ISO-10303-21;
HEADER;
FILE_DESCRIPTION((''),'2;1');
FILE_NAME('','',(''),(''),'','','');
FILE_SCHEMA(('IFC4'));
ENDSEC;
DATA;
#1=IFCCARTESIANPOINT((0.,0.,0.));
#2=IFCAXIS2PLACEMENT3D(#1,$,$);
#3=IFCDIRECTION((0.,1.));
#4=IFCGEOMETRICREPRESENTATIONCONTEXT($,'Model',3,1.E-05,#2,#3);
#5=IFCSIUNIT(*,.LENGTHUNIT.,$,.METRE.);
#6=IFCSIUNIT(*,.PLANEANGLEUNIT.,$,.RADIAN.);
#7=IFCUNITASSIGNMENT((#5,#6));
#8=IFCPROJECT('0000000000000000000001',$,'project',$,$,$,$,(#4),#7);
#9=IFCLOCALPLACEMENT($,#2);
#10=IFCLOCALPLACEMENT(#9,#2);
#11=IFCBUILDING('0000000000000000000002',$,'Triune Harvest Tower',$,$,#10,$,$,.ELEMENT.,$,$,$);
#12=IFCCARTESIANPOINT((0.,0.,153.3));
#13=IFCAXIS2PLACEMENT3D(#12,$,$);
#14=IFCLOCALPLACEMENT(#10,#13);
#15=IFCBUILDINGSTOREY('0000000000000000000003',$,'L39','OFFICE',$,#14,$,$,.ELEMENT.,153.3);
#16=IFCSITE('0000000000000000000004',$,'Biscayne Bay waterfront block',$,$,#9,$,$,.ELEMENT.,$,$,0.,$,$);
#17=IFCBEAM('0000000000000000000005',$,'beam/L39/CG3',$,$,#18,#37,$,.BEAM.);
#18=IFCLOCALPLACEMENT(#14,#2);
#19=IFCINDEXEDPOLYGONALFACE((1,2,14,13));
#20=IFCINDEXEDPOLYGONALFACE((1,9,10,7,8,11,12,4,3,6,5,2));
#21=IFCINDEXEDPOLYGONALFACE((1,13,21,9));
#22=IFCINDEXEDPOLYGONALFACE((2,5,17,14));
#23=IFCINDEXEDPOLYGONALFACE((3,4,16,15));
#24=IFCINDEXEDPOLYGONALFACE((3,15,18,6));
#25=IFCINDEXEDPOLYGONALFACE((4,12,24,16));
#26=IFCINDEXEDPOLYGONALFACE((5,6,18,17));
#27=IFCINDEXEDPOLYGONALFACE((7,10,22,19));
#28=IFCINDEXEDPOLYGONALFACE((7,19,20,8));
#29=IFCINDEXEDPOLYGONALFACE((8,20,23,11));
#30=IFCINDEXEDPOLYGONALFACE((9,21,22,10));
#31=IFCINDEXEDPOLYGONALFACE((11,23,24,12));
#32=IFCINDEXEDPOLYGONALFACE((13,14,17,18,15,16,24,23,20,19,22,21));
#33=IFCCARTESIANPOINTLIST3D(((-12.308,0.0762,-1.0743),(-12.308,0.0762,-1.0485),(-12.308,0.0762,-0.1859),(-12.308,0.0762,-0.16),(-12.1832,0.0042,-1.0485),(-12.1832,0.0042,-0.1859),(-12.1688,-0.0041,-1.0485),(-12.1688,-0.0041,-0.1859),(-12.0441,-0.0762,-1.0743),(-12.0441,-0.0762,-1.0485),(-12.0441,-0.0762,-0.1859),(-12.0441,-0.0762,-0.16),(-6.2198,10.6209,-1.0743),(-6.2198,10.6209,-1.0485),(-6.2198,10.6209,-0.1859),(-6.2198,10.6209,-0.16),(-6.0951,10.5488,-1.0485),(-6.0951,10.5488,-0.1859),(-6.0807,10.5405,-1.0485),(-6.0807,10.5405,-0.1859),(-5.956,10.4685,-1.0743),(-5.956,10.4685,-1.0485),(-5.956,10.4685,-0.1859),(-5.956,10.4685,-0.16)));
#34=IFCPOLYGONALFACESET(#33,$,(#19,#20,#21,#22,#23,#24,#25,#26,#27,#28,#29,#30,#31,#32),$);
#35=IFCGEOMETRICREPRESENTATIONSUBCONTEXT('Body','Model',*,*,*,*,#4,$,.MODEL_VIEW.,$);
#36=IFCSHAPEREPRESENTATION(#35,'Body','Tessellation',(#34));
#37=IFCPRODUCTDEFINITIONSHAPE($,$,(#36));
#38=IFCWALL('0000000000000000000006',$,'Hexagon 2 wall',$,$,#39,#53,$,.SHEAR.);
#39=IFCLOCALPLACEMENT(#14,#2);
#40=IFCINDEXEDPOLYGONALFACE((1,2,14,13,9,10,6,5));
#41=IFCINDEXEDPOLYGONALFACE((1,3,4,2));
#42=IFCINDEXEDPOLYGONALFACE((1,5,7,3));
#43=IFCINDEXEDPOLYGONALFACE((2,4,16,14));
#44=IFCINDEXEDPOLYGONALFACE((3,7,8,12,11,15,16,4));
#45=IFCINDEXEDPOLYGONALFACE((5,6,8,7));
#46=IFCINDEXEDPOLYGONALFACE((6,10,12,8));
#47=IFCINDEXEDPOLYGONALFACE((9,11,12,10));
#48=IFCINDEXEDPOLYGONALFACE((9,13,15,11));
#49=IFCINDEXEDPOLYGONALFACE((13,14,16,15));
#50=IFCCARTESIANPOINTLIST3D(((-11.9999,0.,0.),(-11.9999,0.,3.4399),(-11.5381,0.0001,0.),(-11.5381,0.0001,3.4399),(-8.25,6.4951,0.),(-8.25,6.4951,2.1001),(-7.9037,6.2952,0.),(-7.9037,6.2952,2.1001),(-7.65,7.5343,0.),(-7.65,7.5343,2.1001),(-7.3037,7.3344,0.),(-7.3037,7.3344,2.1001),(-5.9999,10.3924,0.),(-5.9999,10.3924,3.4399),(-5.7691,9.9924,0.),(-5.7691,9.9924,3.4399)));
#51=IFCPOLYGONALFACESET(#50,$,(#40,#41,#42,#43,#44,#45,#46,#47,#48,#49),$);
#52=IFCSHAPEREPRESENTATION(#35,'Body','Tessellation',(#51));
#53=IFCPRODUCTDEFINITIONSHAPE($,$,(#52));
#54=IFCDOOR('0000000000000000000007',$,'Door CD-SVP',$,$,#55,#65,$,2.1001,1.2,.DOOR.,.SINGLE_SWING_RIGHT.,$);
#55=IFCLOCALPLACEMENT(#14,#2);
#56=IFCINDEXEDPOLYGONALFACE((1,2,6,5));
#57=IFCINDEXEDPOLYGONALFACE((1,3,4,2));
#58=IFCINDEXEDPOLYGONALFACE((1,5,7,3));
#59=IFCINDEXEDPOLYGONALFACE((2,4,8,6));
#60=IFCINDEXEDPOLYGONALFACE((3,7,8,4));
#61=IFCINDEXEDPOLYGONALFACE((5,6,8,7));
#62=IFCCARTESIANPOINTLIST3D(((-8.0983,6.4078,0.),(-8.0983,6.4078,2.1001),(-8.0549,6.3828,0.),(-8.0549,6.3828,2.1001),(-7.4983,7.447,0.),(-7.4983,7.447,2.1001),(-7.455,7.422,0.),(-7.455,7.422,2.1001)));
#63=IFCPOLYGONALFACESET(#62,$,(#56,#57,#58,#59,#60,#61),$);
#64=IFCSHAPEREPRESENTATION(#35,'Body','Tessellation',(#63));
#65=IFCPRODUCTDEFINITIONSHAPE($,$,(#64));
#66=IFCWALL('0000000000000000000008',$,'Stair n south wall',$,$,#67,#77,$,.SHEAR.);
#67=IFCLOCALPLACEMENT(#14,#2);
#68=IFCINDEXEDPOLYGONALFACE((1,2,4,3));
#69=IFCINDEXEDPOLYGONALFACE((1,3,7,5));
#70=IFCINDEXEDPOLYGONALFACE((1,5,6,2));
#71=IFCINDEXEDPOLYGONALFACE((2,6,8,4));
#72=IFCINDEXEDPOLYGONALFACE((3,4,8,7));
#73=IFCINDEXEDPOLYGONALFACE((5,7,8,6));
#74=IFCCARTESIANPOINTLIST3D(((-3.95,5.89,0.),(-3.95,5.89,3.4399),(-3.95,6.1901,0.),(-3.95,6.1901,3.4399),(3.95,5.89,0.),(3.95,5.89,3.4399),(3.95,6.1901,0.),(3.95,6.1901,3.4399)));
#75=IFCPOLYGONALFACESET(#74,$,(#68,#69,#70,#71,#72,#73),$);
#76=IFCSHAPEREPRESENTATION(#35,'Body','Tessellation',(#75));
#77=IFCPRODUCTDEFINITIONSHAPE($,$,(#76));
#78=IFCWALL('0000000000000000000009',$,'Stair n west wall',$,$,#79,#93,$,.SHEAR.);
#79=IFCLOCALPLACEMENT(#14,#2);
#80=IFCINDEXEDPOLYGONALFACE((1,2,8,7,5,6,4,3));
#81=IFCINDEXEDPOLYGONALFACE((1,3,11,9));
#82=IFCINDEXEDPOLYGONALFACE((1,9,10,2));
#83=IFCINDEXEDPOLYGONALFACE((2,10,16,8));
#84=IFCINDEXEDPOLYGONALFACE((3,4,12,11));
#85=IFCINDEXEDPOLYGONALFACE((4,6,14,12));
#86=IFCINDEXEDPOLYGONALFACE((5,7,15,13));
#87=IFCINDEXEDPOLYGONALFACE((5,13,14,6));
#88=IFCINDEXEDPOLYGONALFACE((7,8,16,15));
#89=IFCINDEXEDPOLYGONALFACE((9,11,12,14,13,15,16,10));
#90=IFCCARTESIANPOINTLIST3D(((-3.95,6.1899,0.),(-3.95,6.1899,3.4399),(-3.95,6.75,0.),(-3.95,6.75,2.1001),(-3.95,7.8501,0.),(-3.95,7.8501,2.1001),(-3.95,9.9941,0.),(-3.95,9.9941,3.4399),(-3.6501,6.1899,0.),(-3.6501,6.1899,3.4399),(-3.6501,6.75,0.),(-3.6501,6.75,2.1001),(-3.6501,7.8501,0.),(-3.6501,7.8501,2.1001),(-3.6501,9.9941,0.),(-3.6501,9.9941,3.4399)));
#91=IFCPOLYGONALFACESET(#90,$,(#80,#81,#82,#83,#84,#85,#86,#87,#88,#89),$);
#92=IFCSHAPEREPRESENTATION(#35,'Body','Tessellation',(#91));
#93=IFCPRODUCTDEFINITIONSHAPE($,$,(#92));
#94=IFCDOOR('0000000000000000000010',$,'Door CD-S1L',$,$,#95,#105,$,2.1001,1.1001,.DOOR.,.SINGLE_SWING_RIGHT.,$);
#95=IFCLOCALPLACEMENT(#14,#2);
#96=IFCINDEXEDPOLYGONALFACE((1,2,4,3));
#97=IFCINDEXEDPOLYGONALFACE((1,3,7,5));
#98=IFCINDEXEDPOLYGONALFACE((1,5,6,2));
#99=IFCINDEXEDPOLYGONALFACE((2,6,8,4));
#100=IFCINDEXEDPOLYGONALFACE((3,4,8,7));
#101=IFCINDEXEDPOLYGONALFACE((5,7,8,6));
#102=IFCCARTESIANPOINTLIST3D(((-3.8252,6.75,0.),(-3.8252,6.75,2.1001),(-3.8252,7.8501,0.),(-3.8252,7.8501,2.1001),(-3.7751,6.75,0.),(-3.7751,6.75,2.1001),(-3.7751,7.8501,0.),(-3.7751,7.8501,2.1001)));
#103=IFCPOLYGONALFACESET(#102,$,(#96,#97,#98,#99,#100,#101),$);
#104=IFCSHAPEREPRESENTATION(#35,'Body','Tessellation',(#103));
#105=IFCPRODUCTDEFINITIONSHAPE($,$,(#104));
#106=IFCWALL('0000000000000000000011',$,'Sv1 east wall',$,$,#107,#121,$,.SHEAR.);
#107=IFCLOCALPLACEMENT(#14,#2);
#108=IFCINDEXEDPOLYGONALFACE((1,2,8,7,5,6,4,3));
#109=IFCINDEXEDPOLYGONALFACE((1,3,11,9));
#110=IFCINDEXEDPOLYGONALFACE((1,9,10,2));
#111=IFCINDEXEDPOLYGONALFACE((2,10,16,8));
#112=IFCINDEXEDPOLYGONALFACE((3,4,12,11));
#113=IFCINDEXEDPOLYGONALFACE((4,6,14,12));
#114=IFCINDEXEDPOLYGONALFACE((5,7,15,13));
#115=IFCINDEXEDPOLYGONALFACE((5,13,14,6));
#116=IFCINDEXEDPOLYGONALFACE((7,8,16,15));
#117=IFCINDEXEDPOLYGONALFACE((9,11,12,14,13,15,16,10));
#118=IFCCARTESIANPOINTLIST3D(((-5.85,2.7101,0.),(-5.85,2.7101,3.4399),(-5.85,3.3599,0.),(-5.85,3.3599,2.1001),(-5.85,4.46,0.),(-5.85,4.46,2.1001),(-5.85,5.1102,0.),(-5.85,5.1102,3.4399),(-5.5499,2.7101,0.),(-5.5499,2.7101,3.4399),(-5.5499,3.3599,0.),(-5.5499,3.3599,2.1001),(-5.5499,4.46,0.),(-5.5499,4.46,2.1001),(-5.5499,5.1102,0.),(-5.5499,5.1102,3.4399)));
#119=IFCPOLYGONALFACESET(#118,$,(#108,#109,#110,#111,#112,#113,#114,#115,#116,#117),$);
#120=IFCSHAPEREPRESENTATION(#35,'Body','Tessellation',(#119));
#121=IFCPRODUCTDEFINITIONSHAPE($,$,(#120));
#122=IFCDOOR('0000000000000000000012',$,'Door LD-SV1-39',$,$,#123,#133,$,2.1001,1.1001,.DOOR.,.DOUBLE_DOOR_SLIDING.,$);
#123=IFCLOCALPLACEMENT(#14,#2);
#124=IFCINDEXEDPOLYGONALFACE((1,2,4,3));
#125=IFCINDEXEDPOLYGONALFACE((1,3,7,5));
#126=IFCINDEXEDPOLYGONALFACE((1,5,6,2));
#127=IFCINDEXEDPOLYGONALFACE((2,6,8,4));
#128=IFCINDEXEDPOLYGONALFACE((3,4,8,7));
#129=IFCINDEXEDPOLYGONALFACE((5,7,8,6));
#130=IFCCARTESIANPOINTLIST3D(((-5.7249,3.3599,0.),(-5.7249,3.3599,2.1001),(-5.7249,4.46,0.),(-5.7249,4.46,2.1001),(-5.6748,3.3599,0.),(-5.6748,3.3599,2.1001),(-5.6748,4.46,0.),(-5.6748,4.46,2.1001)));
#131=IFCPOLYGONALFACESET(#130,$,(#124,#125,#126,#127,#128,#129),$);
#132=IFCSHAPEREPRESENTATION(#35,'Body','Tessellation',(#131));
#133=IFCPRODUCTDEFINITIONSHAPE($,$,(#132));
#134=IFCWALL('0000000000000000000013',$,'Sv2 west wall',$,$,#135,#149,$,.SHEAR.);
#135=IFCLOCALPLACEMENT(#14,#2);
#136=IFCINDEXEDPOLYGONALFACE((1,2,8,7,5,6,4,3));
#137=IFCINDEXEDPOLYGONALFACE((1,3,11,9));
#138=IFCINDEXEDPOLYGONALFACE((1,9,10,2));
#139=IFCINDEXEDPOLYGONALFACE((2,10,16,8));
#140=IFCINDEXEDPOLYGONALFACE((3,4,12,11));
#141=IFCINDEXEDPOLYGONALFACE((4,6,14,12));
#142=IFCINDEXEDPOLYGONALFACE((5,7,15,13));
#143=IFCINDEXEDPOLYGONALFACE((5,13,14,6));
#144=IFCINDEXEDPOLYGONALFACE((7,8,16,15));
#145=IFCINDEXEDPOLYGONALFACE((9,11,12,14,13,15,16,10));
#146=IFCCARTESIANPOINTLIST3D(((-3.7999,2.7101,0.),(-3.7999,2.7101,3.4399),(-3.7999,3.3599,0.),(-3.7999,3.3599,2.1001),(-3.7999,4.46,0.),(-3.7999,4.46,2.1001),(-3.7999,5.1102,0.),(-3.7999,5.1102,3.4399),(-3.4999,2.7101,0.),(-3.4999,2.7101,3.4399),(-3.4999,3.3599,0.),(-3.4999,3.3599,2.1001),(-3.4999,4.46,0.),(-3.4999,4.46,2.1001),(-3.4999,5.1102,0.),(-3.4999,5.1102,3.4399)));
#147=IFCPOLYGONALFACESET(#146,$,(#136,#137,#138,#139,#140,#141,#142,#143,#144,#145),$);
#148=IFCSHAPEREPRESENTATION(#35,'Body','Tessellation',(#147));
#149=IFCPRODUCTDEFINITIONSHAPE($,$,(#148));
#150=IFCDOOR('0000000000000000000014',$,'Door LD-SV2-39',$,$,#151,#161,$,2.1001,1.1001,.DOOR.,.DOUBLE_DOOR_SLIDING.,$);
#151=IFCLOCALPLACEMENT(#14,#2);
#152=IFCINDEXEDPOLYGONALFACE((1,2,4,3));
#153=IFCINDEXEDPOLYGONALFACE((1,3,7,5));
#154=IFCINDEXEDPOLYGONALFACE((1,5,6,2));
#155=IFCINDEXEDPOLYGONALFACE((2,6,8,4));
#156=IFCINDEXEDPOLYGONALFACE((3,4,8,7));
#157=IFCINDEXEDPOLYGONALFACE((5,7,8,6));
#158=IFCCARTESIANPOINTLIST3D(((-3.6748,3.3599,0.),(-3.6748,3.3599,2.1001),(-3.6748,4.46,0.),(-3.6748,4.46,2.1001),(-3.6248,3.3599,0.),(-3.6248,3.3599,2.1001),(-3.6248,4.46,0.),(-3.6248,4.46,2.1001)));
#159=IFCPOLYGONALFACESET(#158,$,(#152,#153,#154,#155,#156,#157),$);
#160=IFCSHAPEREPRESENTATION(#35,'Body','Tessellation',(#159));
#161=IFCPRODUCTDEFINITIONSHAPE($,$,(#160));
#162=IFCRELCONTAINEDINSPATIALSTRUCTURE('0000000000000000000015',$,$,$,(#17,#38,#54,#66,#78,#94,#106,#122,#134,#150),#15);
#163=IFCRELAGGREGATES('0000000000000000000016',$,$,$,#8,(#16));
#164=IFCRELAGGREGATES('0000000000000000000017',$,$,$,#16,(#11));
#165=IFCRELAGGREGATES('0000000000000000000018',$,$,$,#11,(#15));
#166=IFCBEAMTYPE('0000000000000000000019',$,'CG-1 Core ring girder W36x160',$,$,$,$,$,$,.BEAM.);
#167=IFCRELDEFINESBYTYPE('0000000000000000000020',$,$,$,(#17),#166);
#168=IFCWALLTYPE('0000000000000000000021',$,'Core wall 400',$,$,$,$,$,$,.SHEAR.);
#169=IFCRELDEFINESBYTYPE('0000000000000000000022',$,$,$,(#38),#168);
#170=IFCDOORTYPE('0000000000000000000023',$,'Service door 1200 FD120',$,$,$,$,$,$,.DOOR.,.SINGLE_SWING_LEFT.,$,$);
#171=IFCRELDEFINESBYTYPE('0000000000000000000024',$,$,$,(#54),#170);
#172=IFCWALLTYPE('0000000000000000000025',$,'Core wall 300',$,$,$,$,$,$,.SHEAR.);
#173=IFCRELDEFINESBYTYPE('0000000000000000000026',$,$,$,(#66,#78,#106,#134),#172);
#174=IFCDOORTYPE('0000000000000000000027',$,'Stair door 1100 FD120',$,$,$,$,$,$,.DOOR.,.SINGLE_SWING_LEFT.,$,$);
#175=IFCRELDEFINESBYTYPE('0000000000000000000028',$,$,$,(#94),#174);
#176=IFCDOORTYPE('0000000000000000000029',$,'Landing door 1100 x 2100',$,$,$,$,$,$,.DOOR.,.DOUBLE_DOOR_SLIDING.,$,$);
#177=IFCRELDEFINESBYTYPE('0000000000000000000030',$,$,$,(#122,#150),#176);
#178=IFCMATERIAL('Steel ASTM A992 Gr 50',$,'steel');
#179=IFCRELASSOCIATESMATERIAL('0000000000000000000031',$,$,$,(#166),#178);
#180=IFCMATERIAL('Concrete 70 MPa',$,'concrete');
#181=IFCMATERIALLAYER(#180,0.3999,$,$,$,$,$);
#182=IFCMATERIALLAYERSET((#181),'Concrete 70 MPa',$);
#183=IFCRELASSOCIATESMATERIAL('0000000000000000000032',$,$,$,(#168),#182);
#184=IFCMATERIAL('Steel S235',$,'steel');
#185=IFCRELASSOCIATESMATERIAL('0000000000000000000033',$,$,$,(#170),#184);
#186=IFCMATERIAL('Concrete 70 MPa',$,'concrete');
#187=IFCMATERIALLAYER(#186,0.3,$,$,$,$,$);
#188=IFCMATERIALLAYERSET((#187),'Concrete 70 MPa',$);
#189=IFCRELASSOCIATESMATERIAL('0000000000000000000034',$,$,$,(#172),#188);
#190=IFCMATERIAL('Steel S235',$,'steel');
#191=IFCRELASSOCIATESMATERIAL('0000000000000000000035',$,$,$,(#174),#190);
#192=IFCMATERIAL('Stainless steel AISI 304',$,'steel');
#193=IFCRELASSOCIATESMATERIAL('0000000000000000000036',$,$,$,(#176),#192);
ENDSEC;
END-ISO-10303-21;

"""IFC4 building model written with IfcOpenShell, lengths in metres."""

from ifc_helpers import new_model, si_unit, direction, frame, frame_2d, origin, origin_2d, place, context, subcontext, project, spatial, polyline, rectangle, i_section, outline, extrude, source, transform, mapped, material, layer, layer_set, material_profile, profile_set, type_object, element, fill, save


model = new_model("IFC4")

# Units and contexts
model_context = context("Model", 3, precision=1e-05, world=origin(), true_north=direction((0.0, 1.0)))
body_context = subcontext(model_context, "Body", "Model", "MODEL_VIEW")
ifc_project = project(units=[si_unit("LENGTHUNIT", "METRE"), si_unit("PLANEANGLEUNIT", "RADIAN")], contexts=[model_context])

# Site, building, storey
site_placement = place(None, origin())
site = spatial("IfcSite", under=ifc_project, at=site_placement, Name="Biscayne Bay waterfront block", CompositionType="ELEMENT", RefElevation=0.0)
building_placement = place(site_placement, origin())
building = spatial("IfcBuilding", under=site, at=building_placement, Name="Triune Harvest Tower", CompositionType="ELEMENT")
storey_placement = place(building_placement, frame((0.0, 0.0, 153.3)))
storey = spatial("IfcBuildingStorey", under=building, at=storey_placement, Name="L39", Description="OFFICE", CompositionType="ELEMENT", Elevation=153.3)

# Beam
ifc_material_1 = material(Name="Steel ASTM A992 Gr 50", Category="steel")
ifc_material_profile = material_profile(ifc_material_1, i_section(OverallWidth=0.3047, OverallDepth=0.9143, WebThickness=0.0166, FlangeThickness=0.0259, at=origin_2d()), Name="W36x160")
ifc_profile_set = profile_set([ifc_material_profile], Name="Steel ASTM A992 Gr 50")
beam_type = type_object("IfcBeamType", Name="CG-1 Core ring girder W36x160", PredefinedType="BEAM", material=ifc_profile_set)
shared_shape_1 = source(origin(), body_context, "Body", "SweptSolid", [
    extrude(i_section(OverallWidth=0.3047, OverallDepth=0.9143, WebThickness=0.0166, FlangeThickness=0.0259, at=origin_2d()), origin(), (0.0, 0.0, 1.0), 12.176),
])
beam_placement = place(storey_placement, frame((-6.0879, 10.5447, -0.6172), z_axis=(-0.50001, -0.86602, 0.0), x_axis=(0.86602, -0.50001, 0.0)))
element("IfcBeam", 1, at=beam_placement, inside=storey, type_object=beam_type, Name="beam/L39/CG3", PredefinedType="BEAM", context=body_context, shape_type="MappedRepresentation", body=[
    mapped(shared_shape_1, transform((0.0, 0.0, 0.0), scale=1.0)),
])

# Wall, opening, door
ifc_material_2 = material(Name="Concrete 70 MPa", Category="concrete")
ifc_layer_1 = layer(ifc_material_2, 0.3999)
ifc_layer_set_1 = layer_set([ifc_layer_1], Name="Concrete 70 MPa")
wall_type_1 = type_object("IfcWallType", Name="Core wall 400", PredefinedType="SHEAR", material=ifc_layer_set_1)
shared_shape_2 = source(origin(), body_context, "Body", "SweptSolid", [
    extrude(outline(polyline([(-0.1155, -0.2), (11.8845, -0.2), (11.6536, 0.2), (0.1155, 0.2), (-0.1155, -0.2)])), origin(), (0.0, 0.0, 1.0), 3.4399),
])
wall_1_placement = place(storey_placement, frame((-5.8845, 10.1924, 0.0), z_axis=(0.0, 0.0, 1.0), x_axis=(-0.499997, -0.866027, 0.0)))
wall_1 = element("IfcWall", 2, at=wall_1_placement, inside=storey, type_object=wall_type_1, Name="Hexagon 2 wall", PredefinedType="SHEAR", context=body_context, shape_type="MappedRepresentation", body=[
    mapped(shared_shape_2, transform((0.0, 0.0, 0.0), scale=1.0)),
])
opening_1_placement = place(wall_1_placement, frame((3.1846, 0.0, 0.0)))
opening_1 = element("IfcOpeningElement", 3, at=opening_1_placement, cuts=wall_1, PredefinedType="OPENING", context=body_context, shape_type="SweptSolid", body=[
    extrude(rectangle(XDim=1.2, YDim=2.1001, at=frame_2d((0.6001, 1.05))), frame((0.0, 0.21, 0.0), z_axis=(0.0, -1.0, 0.0), x_axis=(1.0, 0.0, 0.0)), (0.0, 0.0, 1.0), 0.4199),
])
ifc_material_3 = material(Name="Steel S235", Category="steel")
door_type_1 = type_object("IfcDoorType", Name="Service door 1200 FD120", OperationType="SINGLE_SWING_LEFT", PredefinedType="DOOR", material=ifc_material_3)
door_1_placement = place(opening_1_placement, frame((1.2, 0.0, 0.0), z_axis=(0.0, 0.0, 1.0), x_axis=(-1.0, 0.0, 0.0)))
door_1 = element("IfcDoor", 4, at=door_1_placement, inside=storey, type_object=door_type_1, Name="Door CD-SVP", OperationType="SINGLE_SWING_RIGHT", OverallHeight=2.1001, OverallWidth=1.2, PredefinedType="DOOR", context=body_context, shape_type="SweptSolid", body=[
    extrude(rectangle(XDim=1.2, YDim=2.1001, at=frame_2d((0.6001, 1.05))), frame((0.0, 0.0249, 0.0), z_axis=(0.0, -1.0, 0.0), x_axis=(1.0, 0.0, 0.0)), (0.0, 0.0, 1.0), 0.05),
])
fill(opening_1, door_1)

# Wall
ifc_material_4 = material(Name="Concrete 70 MPa", Category="concrete")
ifc_layer_2 = layer(ifc_material_4, 0.3)
ifc_layer_set_2 = layer_set([ifc_layer_2], Name="Concrete 70 MPa")
wall_type_2 = type_object("IfcWallType", Name="Core wall 300", PredefinedType="SHEAR", material=ifc_layer_set_2)
shared_shape_3 = source(origin(), body_context, "Body", "SweptSolid", [
    extrude(rectangle(XDim=7.8999, YDim=0.3, at=frame_2d((3.95, 0.0))), origin(), (0.0, 0.0, 1.0), 3.4399),
])
wall_2_placement = place(storey_placement, frame((-3.95, 6.04, 0.0), z_axis=(0.0, 0.0, 1.0), x_axis=(1.0, 0.0, 0.0)))
element("IfcWall", 5, at=wall_2_placement, inside=storey, type_object=wall_type_2, Name="Stair n south wall", PredefinedType="SHEAR", context=body_context, shape_type="MappedRepresentation", body=[
    mapped(shared_shape_3, transform((0.0, 0.0, 0.0), scale=1.0)),
])

# Walls, openings, doors
shared_shape_4 = source(origin(), body_context, "Body", "SweptSolid", [
    extrude(outline(polyline([(0.0, -0.1499), (0.0, 0.1499), (3.8042, 0.1499), (3.8042, -0.1499), (0.0, -0.1499)])), origin(), (0.0, 0.0, 1.0), 3.4399),
])
wall_3_placement = place(storey_placement, frame((-3.8, 6.1899, 0.0), z_axis=(0.0, 0.0, 1.0), x_axis=(0.0, 1.0, 0.0)))
wall_3 = element("IfcWall", 6, at=wall_3_placement, inside=storey, type_object=wall_type_2, Name="Stair n west wall", PredefinedType="SHEAR", context=body_context, shape_type="MappedRepresentation", body=[
    mapped(shared_shape_4, transform((0.0, 0.0, 0.0), scale=1.0)),
])
opening_2_placement = place(wall_3_placement, frame((0.5601, 0.0, 0.0)))
opening_2 = element("IfcOpeningElement", 7, at=opening_2_placement, cuts=wall_3, PredefinedType="OPENING", context=body_context, shape_type="SweptSolid", body=[
    extrude(rectangle(XDim=1.1001, YDim=2.1001, at=frame_2d((0.55, 1.05))), frame((0.0, 0.1602, 0.0), z_axis=(0.0, -1.0, 0.0), x_axis=(1.0, 0.0, 0.0)), (0.0, 0.0, 1.0), 0.3201),
])
ifc_material_5 = material(Name="Steel S235", Category="steel")
door_type_2 = type_object("IfcDoorType", Name="Stair door 1100 FD120", OperationType="SINGLE_SWING_LEFT", PredefinedType="DOOR", material=ifc_material_5)
door_2_placement = place(opening_2_placement, frame((1.1001, 0.0, 0.0), z_axis=(0.0, 0.0, 1.0), x_axis=(-1.0, 0.0, 0.0)))
door_2 = element("IfcDoor", 8, at=door_2_placement, inside=storey, type_object=door_type_2, Name="Door CD-S1L", OperationType="SINGLE_SWING_RIGHT", OverallHeight=2.1001, OverallWidth=1.1001, PredefinedType="DOOR", context=body_context, shape_type="SweptSolid", body=[
    extrude(rectangle(XDim=1.1001, YDim=2.1001, at=frame_2d((0.55, 1.05))), frame((0.0, 0.0249, 0.0), z_axis=(0.0, -1.0, 0.0), x_axis=(1.0, 0.0, 0.0)), (0.0, 0.0, 1.0), 0.05),
])
fill(opening_2, door_2)
shared_shape_5 = source(origin(), body_context, "Body", "SweptSolid", [
    extrude(rectangle(XDim=2.4001, YDim=0.3, at=frame_2d((1.2002, 0.0))), origin(), (0.0, 0.0, 1.0), 3.4399),
])
wall_4_placement = place(storey_placement, frame((-5.7, 2.71, 0.0), z_axis=(0.0, 0.0, 1.0), x_axis=(0.0, 1.0, 0.0)))
wall_4 = element("IfcWall", 9, at=wall_4_placement, inside=storey, type_object=wall_type_2, Name="Sv1 east wall", PredefinedType="SHEAR", context=body_context, shape_type="MappedRepresentation", body=[
    mapped(shared_shape_5, transform((0.0, 0.0, 0.0), scale=1.0)),
])
opening_3_placement = place(wall_4_placement, frame((0.6499, 0.0, 0.0)))
opening_3 = element("IfcOpeningElement", 10, at=opening_3_placement, cuts=wall_4, PredefinedType="OPENING", context=body_context, shape_type="SweptSolid", body=[
    extrude(rectangle(XDim=1.1001, YDim=2.1001, at=frame_2d((0.55, 1.05))), frame((0.0, 0.1602, 0.0), z_axis=(0.0, -1.0, 0.0), x_axis=(1.0, 0.0, 0.0)), (0.0, 0.0, 1.0), 0.3201),
])
ifc_material_6 = material(Name="Stainless steel AISI 304", Category="steel")
door_type_3 = type_object("IfcDoorType", Name="Landing door 1100 x 2100", OperationType="DOUBLE_DOOR_SLIDING", PredefinedType="DOOR", material=ifc_material_6)
door_3_placement = place(opening_3_placement, origin())
door_3 = element("IfcDoor", 11, at=door_3_placement, inside=storey, type_object=door_type_3, Name="Door LD-SV1-39", OperationType="DOUBLE_DOOR_SLIDING", OverallHeight=2.1001, OverallWidth=1.1001, PredefinedType="DOOR", context=body_context, shape_type="SweptSolid", body=[
    extrude(rectangle(XDim=1.1001, YDim=2.1001, at=frame_2d((0.55, 1.05))), frame((0.0, 0.0249, 0.0), z_axis=(0.0, -1.0, 0.0), x_axis=(1.0, 0.0, 0.0)), (0.0, 0.0, 1.0), 0.05),
])
fill(opening_3, door_3)
wall_5_placement = place(storey_placement, frame((-3.6499, 2.71, 0.0), z_axis=(0.0, 0.0, 1.0), x_axis=(0.0, 1.0, 0.0)))
wall_5 = element("IfcWall", 12, at=wall_5_placement, inside=storey, type_object=wall_type_2, Name="Sv2 west wall", PredefinedType="SHEAR", context=body_context, shape_type="MappedRepresentation", body=[
    mapped(shared_shape_5, transform((0.0, 0.0, 0.0), scale=1.0)),
])
opening_4_placement = place(wall_5_placement, frame((0.6499, 0.0, 0.0)))
opening_4 = element("IfcOpeningElement", 13, at=opening_4_placement, cuts=wall_5, PredefinedType="OPENING", context=body_context, shape_type="SweptSolid", body=[
    extrude(rectangle(XDim=1.1001, YDim=2.1001, at=frame_2d((0.55, 1.05))), frame((0.0, 0.1602, 0.0), z_axis=(0.0, -1.0, 0.0), x_axis=(1.0, 0.0, 0.0)), (0.0, 0.0, 1.0), 0.3201),
])
door_4_placement = place(opening_4_placement, origin())
door_4 = element("IfcDoor", 14, at=door_4_placement, inside=storey, type_object=door_type_3, Name="Door LD-SV2-39", OperationType="DOUBLE_DOOR_SLIDING", OverallHeight=2.1001, OverallWidth=1.1001, PredefinedType="DOOR", context=body_context, shape_type="SweptSolid", body=[
    extrude(rectangle(XDim=1.1001, YDim=2.1001, at=frame_2d((0.55, 1.05))), frame((0.0, 0.0249, 0.0), z_axis=(0.0, -1.0, 0.0), x_axis=(1.0, 0.0, 0.0)), (0.0, 0.0, 1.0), 0.05),
])
fill(opening_4, door_4)

save(model, "model.ifc")
